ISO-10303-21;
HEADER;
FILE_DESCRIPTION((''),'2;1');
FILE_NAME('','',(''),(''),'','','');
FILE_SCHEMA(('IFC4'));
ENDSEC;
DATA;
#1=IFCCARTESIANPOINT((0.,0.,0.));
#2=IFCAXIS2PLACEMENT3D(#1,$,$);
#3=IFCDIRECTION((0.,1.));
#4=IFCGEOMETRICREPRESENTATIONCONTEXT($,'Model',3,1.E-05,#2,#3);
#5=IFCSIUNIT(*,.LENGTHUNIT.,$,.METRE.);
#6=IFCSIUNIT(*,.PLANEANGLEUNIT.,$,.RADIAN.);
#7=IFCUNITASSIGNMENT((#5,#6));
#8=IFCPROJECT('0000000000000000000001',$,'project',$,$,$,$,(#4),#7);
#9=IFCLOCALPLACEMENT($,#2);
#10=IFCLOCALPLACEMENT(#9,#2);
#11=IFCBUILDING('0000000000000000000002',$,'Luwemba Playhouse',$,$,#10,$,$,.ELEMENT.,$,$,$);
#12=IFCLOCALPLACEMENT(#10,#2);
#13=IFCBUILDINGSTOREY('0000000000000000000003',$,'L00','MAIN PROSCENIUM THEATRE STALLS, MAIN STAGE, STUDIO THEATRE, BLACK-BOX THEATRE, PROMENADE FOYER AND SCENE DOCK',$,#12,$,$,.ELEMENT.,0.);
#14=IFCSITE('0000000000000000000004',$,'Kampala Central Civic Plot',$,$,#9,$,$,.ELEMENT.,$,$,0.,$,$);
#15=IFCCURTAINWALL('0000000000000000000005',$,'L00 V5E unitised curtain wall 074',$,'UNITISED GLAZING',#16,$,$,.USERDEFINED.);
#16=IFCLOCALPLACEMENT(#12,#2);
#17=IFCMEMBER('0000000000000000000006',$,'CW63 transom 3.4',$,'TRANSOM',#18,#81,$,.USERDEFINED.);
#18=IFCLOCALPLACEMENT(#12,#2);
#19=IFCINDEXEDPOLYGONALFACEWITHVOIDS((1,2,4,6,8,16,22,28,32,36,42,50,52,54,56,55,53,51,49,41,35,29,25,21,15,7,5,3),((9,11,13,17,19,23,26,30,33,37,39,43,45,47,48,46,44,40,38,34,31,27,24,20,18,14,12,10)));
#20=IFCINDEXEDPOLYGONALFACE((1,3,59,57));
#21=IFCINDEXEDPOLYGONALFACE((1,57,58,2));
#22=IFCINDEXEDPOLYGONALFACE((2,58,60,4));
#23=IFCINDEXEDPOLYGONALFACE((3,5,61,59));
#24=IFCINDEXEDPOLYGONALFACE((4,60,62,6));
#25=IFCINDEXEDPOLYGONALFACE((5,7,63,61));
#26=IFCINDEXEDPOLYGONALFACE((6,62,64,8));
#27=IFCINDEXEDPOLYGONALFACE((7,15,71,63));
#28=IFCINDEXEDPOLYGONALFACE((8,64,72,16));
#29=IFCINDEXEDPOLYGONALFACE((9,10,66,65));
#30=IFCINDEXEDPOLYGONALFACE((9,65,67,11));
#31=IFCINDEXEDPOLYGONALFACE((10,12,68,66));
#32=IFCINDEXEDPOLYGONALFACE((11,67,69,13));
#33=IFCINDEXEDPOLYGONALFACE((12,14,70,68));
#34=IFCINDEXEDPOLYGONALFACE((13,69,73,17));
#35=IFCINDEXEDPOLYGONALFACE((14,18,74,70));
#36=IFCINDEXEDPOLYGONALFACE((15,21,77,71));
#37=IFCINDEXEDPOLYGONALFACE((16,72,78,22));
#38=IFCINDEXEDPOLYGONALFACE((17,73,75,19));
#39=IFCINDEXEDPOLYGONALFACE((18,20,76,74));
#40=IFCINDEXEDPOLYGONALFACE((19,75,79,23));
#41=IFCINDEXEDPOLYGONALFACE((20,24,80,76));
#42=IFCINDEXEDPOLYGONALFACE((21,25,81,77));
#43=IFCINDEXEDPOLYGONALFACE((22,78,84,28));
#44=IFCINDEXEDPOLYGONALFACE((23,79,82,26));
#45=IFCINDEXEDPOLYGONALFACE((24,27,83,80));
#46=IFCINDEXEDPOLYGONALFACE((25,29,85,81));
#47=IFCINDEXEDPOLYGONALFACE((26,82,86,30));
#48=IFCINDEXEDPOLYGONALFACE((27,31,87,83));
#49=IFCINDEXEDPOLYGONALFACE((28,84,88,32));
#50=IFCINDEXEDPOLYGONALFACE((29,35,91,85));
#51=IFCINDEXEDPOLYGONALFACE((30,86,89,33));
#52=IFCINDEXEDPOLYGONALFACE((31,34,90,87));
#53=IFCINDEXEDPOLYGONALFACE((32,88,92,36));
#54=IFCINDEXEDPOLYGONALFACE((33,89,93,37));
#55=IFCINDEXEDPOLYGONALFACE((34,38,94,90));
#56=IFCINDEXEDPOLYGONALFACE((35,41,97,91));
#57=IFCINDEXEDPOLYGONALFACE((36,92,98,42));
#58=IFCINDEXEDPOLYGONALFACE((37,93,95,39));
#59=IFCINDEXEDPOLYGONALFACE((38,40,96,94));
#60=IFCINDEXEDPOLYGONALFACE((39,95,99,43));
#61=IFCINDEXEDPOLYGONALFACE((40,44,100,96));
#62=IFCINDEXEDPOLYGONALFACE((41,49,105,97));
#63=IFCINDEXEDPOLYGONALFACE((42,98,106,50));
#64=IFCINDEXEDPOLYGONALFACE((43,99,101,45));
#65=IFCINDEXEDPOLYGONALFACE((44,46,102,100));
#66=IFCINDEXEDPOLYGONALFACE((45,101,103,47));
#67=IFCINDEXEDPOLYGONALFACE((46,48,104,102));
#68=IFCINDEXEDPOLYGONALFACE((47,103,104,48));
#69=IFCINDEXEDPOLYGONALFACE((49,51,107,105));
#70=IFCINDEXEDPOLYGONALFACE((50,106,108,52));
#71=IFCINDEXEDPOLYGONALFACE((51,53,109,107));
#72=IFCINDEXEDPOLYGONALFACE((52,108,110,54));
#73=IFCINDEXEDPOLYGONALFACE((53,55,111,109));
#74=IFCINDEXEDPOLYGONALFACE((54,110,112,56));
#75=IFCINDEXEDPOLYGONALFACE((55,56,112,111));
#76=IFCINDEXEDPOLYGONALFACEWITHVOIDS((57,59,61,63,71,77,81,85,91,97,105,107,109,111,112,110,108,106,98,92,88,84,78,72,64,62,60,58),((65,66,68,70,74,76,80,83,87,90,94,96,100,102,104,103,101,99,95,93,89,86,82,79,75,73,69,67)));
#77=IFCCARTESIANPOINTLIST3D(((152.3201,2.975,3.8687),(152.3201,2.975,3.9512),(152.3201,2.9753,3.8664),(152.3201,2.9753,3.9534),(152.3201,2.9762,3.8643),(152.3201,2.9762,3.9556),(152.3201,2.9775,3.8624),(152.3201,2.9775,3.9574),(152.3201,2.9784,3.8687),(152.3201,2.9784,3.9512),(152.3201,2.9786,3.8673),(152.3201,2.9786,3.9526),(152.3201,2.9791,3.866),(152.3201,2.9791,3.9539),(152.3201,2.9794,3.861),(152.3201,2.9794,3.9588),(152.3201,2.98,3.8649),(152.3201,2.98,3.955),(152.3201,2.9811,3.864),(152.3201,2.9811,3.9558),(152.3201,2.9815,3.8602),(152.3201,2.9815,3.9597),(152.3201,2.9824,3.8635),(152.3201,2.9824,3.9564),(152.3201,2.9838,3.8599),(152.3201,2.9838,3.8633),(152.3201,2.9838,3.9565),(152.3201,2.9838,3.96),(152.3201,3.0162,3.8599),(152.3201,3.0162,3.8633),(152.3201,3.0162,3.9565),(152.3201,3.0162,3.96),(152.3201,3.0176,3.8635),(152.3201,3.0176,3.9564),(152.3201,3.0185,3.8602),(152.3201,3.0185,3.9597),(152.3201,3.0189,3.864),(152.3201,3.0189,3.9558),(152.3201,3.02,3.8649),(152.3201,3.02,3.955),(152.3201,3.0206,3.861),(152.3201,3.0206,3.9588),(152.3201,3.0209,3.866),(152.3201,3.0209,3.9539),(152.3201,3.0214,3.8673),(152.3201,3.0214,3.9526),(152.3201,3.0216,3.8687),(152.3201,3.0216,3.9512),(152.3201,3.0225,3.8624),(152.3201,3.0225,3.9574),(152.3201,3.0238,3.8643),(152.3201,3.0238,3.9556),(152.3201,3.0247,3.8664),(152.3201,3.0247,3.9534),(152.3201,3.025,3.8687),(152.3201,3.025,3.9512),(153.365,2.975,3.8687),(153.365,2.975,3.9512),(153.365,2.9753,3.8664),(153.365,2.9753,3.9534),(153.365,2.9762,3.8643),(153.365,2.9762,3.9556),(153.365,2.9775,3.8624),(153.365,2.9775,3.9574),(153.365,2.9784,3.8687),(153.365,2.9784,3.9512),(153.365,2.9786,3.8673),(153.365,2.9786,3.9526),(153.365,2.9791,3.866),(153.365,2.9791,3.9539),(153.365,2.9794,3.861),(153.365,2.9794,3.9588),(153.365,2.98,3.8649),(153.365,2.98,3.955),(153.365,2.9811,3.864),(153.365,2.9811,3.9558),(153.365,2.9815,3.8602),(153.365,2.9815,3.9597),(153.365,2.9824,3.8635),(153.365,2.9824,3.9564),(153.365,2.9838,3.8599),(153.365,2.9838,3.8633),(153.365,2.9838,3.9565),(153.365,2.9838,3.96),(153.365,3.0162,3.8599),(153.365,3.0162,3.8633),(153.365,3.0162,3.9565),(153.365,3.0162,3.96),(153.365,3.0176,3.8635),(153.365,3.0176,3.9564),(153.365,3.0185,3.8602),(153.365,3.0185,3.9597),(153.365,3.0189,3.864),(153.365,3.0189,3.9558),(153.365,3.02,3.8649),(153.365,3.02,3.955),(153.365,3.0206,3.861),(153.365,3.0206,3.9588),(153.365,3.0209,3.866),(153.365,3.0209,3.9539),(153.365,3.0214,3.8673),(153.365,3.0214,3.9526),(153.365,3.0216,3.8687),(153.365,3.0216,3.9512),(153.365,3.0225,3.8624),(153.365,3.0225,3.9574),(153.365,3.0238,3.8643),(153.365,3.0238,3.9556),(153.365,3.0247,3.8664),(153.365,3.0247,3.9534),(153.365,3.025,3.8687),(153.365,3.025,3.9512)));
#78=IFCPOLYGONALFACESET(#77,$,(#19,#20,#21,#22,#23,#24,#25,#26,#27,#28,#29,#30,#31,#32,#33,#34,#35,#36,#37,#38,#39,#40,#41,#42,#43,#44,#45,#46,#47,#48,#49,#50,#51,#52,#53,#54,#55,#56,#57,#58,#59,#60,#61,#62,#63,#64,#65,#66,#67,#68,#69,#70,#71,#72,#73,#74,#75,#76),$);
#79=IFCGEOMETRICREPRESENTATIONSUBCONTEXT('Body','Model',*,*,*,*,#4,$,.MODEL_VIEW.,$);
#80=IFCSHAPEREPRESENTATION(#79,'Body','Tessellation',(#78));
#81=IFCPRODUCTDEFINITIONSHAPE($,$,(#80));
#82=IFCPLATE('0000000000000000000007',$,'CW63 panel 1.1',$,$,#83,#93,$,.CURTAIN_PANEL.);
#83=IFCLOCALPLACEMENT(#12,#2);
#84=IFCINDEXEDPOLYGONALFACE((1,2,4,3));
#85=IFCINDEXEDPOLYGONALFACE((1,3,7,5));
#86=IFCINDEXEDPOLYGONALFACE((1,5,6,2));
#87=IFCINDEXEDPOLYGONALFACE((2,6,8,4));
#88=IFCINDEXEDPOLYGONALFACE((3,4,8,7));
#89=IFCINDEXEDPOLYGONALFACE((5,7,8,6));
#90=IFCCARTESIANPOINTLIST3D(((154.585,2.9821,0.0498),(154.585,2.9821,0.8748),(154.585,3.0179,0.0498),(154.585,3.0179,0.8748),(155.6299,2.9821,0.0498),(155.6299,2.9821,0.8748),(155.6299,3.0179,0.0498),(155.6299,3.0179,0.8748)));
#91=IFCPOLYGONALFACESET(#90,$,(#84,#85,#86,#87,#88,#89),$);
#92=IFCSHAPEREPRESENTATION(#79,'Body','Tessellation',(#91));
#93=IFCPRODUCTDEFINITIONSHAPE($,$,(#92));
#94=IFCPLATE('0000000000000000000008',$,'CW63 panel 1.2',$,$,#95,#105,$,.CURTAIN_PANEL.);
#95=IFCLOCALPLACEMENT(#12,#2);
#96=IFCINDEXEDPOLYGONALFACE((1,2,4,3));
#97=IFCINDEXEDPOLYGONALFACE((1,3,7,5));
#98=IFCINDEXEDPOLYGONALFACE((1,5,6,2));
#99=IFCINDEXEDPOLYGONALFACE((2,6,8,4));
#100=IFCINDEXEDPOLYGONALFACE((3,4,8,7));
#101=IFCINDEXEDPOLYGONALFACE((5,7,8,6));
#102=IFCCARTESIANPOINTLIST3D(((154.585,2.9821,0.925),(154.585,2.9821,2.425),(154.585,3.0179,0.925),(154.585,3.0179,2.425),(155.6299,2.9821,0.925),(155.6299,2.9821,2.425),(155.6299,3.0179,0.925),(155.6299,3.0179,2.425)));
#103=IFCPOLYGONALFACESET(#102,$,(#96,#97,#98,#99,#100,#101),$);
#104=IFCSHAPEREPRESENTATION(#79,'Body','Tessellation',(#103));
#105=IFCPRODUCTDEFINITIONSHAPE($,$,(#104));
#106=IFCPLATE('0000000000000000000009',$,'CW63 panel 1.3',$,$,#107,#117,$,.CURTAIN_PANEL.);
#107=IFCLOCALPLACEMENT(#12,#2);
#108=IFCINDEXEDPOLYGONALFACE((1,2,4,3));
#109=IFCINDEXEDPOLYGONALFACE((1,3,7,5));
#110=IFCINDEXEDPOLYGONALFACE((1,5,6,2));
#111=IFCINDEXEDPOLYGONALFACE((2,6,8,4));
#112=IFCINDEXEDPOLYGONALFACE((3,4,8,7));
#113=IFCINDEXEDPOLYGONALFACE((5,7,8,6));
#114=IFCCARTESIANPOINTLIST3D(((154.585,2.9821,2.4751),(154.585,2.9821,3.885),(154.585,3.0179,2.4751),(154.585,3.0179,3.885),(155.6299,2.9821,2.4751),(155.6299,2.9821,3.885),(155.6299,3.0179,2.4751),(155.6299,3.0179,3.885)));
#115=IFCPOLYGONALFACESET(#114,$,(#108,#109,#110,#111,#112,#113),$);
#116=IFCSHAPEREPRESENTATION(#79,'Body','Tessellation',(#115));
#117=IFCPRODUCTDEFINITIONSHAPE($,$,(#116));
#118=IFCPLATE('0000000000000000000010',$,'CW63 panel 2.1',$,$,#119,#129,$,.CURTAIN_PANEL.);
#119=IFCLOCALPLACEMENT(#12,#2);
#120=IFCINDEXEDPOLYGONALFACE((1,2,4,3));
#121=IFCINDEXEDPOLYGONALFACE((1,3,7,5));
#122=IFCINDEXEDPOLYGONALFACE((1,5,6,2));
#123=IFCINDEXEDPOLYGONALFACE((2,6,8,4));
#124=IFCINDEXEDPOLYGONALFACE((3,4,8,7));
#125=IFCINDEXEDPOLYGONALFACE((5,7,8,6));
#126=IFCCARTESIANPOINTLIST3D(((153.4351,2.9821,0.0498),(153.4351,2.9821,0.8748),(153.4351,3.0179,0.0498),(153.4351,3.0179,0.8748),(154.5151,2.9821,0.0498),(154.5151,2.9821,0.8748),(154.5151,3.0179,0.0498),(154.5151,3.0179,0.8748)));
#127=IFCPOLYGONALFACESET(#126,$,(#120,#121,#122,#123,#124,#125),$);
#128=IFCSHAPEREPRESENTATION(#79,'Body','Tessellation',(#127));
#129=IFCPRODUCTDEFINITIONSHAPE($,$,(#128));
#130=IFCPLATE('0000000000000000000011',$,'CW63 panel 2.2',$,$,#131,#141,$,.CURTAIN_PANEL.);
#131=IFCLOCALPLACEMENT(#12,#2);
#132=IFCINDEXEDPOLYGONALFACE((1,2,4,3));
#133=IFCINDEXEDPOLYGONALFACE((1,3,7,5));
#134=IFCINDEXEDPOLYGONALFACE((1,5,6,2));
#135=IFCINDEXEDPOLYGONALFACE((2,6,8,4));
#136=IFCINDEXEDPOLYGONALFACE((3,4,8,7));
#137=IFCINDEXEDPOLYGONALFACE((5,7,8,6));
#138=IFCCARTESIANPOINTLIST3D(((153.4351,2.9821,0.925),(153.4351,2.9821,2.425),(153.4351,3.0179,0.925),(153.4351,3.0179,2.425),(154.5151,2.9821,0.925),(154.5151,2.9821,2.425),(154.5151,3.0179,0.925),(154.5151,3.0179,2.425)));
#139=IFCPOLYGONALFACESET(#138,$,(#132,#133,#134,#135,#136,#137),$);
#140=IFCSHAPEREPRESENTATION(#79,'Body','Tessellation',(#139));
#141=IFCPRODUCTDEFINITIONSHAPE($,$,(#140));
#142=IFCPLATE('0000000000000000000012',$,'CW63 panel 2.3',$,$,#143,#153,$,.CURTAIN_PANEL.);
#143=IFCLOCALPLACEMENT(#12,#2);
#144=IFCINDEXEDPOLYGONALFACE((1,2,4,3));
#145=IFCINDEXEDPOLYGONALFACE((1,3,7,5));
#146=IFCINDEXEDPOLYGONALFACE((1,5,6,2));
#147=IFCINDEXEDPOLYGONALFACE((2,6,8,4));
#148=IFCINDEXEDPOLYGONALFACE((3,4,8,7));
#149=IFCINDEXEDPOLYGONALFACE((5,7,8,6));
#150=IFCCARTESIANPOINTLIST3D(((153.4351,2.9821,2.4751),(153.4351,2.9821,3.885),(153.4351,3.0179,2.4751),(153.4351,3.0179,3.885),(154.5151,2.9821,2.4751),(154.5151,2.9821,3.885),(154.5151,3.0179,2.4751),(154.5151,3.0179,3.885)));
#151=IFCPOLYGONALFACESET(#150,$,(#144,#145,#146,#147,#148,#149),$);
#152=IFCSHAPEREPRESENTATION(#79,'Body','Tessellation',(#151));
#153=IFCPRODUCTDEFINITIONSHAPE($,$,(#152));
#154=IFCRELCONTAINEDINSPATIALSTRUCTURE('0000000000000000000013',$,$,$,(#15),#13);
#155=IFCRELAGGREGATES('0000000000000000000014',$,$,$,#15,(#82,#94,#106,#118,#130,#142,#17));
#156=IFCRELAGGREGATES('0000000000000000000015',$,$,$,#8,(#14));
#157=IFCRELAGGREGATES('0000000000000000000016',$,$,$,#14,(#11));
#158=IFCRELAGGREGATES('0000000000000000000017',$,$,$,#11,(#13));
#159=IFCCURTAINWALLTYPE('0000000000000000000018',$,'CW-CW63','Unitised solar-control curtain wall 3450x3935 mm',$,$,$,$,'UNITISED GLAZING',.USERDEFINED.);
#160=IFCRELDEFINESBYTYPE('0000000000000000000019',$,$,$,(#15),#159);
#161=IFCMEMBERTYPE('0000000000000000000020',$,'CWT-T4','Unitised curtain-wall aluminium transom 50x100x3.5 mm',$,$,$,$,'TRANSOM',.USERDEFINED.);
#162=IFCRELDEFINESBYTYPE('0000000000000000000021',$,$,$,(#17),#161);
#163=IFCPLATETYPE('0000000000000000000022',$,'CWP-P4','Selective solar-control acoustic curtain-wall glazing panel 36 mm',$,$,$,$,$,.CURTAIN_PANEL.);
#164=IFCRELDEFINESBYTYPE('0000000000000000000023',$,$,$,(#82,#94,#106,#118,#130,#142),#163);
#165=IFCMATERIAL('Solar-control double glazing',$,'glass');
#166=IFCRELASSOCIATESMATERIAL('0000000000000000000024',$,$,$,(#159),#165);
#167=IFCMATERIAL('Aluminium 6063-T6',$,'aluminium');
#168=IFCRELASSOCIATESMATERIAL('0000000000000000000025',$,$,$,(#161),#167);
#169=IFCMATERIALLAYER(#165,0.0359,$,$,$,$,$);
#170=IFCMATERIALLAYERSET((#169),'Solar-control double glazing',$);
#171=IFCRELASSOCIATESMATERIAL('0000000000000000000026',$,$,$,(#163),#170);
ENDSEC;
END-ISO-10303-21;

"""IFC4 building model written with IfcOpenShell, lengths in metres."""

from ifc_helpers import new_model, si_unit, direction, frame, origin, origin_2d, place, context, subcontext, project, spatial, rectangle, hollow_rectangle, extrude, material, layer, layer_set, material_profile, profile_set, type_object, element, aggregate, save


model = new_model("IFC4")

# Units and contexts
model_context = context("Model", 3, precision=1e-05, world=origin(), true_north=direction((0.0, 1.0)))
body_context = subcontext(model_context, "Body", "Model", "MODEL_VIEW")
ifc_project = project(units=[si_unit("LENGTHUNIT", "METRE"), si_unit("PLANEANGLEUNIT", "RADIAN")], contexts=[model_context])

# Site, building, storey
site_placement = place(None, origin())
site = spatial("IfcSite", under=ifc_project, at=site_placement, Name="Kampala Central Civic Plot", CompositionType="ELEMENT", RefElevation=0.0)
building_placement = place(site_placement, origin())
building = spatial("IfcBuilding", under=site, at=building_placement, Name="Luwemba Playhouse", CompositionType="ELEMENT")
storey_placement = place(building_placement, origin())
storey = spatial("IfcBuildingStorey", under=building, at=storey_placement, Name="L00", Description="MAIN PROSCENIUM THEATRE STALLS, MAIN STAGE, STUDIO THEATRE, BLACK-BOX THEATRE, PROMENADE FOYER AND SCENE DOCK", CompositionType="ELEMENT", Elevation=0.0)

# Curtain wall, member, plates
ifc_material_1 = material(Name="Solar-control double glazing", Category="glass")
curtain_wall_type = type_object("IfcCurtainWallType", Name="CW-CW63", Description="Unitised solar-control curtain wall 3450x3935 mm", ElementType="UNITISED GLAZING", PredefinedType="USERDEFINED", material=ifc_material_1)
curtain_wall_placement = place(storey_placement, origin())
curtain_wall = element("IfcCurtainWall", 1, at=curtain_wall_placement, inside=storey, type_object=curtain_wall_type, Name="L00 V5E unitised curtain wall 074", ObjectType="UNITISED GLAZING", PredefinedType="USERDEFINED")
ifc_material_2 = material(Name="Aluminium 6063-T6", Category="aluminium")
ifc_material_profile_1 = material_profile(ifc_material_2, hollow_rectangle(XDim=0.05, YDim=0.1001, WallThickness=0.0034, InnerFilletRadius=0.0054, OuterFilletRadius=0.0088, at=origin_2d()))
ifc_profile_set_1 = profile_set([ifc_material_profile_1], Name="Aluminium 6063-T6")
member_type_1 = type_object("IfcMemberType", Name="CWT-T4", Description="Unitised curtain-wall aluminium transom 50x100x3.5 mm", ElementType="TRANSOM", PredefinedType="USERDEFINED", material=ifc_profile_set_1)
member_1_placement = place(storey_placement, frame((153.365, 3.0, 3.9099), z_axis=(-1.0, 0.0, 0.0), x_axis=(0.0, -1.0, 0.0)))
member_1 = element("IfcMember", 2, at=member_1_placement, type_object=member_type_1, Name="CW63 transom 3.4", ObjectType="TRANSOM", PredefinedType="USERDEFINED", context=body_context, shape_type="SweptSolid", body=[
    extrude(hollow_rectangle(XDim=0.05, YDim=0.1001, WallThickness=0.0034, InnerFilletRadius=0.0054, OuterFilletRadius=0.0088, at=origin_2d()), origin(), (0.0, 0.0, 1.0), 1.0449),
])
ifc_layer = layer(ifc_material_1, 0.0359)
ifc_layer_set = layer_set([ifc_layer], Name="Solar-control double glazing")
plate_type = type_object("IfcPlateType", Name="CWP-P4", Description="Selective solar-control acoustic curtain-wall glazing panel 36 mm", PredefinedType="CURTAIN_PANEL", material=ifc_layer_set)
plate_1_placement = place(storey_placement, frame((155.1074, 3.0, 0.0498), z_axis=(0.0, 0.0, 1.0), x_axis=(-1.0, 0.0, 0.0)))
plate_1 = element("IfcPlate", 3, at=plate_1_placement, type_object=plate_type, Name="CW63 panel 1.1", PredefinedType="CURTAIN_PANEL", context=body_context, shape_type="SweptSolid", body=[
    extrude(rectangle(XDim=1.0449, YDim=0.0359, at=origin_2d()), origin(), (0.0, 0.0, 1.0), 0.825),
])
plate_2_placement = place(storey_placement, frame((155.1074, 3.0, 0.925), z_axis=(0.0, 0.0, 1.0), x_axis=(-1.0, 0.0, 0.0)))
plate_2 = element("IfcPlate", 4, at=plate_2_placement, type_object=plate_type, Name="CW63 panel 1.2", PredefinedType="CURTAIN_PANEL", context=body_context, shape_type="SweptSolid", body=[
    extrude(rectangle(XDim=1.0449, YDim=0.0359, at=origin_2d()), origin(), (0.0, 0.0, 1.0), 1.5),
])
plate_3_placement = place(storey_placement, frame((155.1074, 3.0, 2.4751), z_axis=(0.0, 0.0, 1.0), x_axis=(-1.0, 0.0, 0.0)))
plate_3 = element("IfcPlate", 5, at=plate_3_placement, type_object=plate_type, Name="CW63 panel 1.3", PredefinedType="CURTAIN_PANEL", context=body_context, shape_type="SweptSolid", body=[
    extrude(rectangle(XDim=1.0449, YDim=0.0359, at=origin_2d()), origin(), (0.0, 0.0, 1.0), 1.4099),
])
plate_4_placement = place(storey_placement, frame((153.9751, 3.0, 0.0498), z_axis=(0.0, 0.0, 1.0), x_axis=(-1.0, 0.0, 0.0)))
plate_4 = element("IfcPlate", 6, at=plate_4_placement, type_object=plate_type, Name="CW63 panel 2.1", PredefinedType="CURTAIN_PANEL", context=body_context, shape_type="SweptSolid", body=[
    extrude(rectangle(XDim=1.0801, YDim=0.0359, at=origin_2d()), origin(), (0.0, 0.0, 1.0), 0.825),
])
plate_5_placement = place(storey_placement, frame((153.9751, 3.0, 0.925), z_axis=(0.0, 0.0, 1.0), x_axis=(-1.0, 0.0, 0.0)))
plate_5 = element("IfcPlate", 7, at=plate_5_placement, type_object=plate_type, Name="CW63 panel 2.2", PredefinedType="CURTAIN_PANEL", context=body_context, shape_type="SweptSolid", body=[
    extrude(rectangle(XDim=1.0801, YDim=0.0359, at=origin_2d()), origin(), (0.0, 0.0, 1.0), 1.5),
])
plate_6_placement = place(storey_placement, frame((153.9751, 3.0, 2.4751), z_axis=(0.0, 0.0, 1.0), x_axis=(-1.0, 0.0, 0.0)))
plate_6 = element("IfcPlate", 8, at=plate_6_placement, type_object=plate_type, Name="CW63 panel 2.3", PredefinedType="CURTAIN_PANEL", context=body_context, shape_type="SweptSolid", body=[
    extrude(rectangle(XDim=1.0801, YDim=0.0359, at=origin_2d()), origin(), (0.0, 0.0, 1.0), 1.4099),
])
aggregate(curtain_wall, [plate_1, plate_2, plate_3, plate_4, plate_5, plate_6, member_1])

save(model, "model.ifc")
